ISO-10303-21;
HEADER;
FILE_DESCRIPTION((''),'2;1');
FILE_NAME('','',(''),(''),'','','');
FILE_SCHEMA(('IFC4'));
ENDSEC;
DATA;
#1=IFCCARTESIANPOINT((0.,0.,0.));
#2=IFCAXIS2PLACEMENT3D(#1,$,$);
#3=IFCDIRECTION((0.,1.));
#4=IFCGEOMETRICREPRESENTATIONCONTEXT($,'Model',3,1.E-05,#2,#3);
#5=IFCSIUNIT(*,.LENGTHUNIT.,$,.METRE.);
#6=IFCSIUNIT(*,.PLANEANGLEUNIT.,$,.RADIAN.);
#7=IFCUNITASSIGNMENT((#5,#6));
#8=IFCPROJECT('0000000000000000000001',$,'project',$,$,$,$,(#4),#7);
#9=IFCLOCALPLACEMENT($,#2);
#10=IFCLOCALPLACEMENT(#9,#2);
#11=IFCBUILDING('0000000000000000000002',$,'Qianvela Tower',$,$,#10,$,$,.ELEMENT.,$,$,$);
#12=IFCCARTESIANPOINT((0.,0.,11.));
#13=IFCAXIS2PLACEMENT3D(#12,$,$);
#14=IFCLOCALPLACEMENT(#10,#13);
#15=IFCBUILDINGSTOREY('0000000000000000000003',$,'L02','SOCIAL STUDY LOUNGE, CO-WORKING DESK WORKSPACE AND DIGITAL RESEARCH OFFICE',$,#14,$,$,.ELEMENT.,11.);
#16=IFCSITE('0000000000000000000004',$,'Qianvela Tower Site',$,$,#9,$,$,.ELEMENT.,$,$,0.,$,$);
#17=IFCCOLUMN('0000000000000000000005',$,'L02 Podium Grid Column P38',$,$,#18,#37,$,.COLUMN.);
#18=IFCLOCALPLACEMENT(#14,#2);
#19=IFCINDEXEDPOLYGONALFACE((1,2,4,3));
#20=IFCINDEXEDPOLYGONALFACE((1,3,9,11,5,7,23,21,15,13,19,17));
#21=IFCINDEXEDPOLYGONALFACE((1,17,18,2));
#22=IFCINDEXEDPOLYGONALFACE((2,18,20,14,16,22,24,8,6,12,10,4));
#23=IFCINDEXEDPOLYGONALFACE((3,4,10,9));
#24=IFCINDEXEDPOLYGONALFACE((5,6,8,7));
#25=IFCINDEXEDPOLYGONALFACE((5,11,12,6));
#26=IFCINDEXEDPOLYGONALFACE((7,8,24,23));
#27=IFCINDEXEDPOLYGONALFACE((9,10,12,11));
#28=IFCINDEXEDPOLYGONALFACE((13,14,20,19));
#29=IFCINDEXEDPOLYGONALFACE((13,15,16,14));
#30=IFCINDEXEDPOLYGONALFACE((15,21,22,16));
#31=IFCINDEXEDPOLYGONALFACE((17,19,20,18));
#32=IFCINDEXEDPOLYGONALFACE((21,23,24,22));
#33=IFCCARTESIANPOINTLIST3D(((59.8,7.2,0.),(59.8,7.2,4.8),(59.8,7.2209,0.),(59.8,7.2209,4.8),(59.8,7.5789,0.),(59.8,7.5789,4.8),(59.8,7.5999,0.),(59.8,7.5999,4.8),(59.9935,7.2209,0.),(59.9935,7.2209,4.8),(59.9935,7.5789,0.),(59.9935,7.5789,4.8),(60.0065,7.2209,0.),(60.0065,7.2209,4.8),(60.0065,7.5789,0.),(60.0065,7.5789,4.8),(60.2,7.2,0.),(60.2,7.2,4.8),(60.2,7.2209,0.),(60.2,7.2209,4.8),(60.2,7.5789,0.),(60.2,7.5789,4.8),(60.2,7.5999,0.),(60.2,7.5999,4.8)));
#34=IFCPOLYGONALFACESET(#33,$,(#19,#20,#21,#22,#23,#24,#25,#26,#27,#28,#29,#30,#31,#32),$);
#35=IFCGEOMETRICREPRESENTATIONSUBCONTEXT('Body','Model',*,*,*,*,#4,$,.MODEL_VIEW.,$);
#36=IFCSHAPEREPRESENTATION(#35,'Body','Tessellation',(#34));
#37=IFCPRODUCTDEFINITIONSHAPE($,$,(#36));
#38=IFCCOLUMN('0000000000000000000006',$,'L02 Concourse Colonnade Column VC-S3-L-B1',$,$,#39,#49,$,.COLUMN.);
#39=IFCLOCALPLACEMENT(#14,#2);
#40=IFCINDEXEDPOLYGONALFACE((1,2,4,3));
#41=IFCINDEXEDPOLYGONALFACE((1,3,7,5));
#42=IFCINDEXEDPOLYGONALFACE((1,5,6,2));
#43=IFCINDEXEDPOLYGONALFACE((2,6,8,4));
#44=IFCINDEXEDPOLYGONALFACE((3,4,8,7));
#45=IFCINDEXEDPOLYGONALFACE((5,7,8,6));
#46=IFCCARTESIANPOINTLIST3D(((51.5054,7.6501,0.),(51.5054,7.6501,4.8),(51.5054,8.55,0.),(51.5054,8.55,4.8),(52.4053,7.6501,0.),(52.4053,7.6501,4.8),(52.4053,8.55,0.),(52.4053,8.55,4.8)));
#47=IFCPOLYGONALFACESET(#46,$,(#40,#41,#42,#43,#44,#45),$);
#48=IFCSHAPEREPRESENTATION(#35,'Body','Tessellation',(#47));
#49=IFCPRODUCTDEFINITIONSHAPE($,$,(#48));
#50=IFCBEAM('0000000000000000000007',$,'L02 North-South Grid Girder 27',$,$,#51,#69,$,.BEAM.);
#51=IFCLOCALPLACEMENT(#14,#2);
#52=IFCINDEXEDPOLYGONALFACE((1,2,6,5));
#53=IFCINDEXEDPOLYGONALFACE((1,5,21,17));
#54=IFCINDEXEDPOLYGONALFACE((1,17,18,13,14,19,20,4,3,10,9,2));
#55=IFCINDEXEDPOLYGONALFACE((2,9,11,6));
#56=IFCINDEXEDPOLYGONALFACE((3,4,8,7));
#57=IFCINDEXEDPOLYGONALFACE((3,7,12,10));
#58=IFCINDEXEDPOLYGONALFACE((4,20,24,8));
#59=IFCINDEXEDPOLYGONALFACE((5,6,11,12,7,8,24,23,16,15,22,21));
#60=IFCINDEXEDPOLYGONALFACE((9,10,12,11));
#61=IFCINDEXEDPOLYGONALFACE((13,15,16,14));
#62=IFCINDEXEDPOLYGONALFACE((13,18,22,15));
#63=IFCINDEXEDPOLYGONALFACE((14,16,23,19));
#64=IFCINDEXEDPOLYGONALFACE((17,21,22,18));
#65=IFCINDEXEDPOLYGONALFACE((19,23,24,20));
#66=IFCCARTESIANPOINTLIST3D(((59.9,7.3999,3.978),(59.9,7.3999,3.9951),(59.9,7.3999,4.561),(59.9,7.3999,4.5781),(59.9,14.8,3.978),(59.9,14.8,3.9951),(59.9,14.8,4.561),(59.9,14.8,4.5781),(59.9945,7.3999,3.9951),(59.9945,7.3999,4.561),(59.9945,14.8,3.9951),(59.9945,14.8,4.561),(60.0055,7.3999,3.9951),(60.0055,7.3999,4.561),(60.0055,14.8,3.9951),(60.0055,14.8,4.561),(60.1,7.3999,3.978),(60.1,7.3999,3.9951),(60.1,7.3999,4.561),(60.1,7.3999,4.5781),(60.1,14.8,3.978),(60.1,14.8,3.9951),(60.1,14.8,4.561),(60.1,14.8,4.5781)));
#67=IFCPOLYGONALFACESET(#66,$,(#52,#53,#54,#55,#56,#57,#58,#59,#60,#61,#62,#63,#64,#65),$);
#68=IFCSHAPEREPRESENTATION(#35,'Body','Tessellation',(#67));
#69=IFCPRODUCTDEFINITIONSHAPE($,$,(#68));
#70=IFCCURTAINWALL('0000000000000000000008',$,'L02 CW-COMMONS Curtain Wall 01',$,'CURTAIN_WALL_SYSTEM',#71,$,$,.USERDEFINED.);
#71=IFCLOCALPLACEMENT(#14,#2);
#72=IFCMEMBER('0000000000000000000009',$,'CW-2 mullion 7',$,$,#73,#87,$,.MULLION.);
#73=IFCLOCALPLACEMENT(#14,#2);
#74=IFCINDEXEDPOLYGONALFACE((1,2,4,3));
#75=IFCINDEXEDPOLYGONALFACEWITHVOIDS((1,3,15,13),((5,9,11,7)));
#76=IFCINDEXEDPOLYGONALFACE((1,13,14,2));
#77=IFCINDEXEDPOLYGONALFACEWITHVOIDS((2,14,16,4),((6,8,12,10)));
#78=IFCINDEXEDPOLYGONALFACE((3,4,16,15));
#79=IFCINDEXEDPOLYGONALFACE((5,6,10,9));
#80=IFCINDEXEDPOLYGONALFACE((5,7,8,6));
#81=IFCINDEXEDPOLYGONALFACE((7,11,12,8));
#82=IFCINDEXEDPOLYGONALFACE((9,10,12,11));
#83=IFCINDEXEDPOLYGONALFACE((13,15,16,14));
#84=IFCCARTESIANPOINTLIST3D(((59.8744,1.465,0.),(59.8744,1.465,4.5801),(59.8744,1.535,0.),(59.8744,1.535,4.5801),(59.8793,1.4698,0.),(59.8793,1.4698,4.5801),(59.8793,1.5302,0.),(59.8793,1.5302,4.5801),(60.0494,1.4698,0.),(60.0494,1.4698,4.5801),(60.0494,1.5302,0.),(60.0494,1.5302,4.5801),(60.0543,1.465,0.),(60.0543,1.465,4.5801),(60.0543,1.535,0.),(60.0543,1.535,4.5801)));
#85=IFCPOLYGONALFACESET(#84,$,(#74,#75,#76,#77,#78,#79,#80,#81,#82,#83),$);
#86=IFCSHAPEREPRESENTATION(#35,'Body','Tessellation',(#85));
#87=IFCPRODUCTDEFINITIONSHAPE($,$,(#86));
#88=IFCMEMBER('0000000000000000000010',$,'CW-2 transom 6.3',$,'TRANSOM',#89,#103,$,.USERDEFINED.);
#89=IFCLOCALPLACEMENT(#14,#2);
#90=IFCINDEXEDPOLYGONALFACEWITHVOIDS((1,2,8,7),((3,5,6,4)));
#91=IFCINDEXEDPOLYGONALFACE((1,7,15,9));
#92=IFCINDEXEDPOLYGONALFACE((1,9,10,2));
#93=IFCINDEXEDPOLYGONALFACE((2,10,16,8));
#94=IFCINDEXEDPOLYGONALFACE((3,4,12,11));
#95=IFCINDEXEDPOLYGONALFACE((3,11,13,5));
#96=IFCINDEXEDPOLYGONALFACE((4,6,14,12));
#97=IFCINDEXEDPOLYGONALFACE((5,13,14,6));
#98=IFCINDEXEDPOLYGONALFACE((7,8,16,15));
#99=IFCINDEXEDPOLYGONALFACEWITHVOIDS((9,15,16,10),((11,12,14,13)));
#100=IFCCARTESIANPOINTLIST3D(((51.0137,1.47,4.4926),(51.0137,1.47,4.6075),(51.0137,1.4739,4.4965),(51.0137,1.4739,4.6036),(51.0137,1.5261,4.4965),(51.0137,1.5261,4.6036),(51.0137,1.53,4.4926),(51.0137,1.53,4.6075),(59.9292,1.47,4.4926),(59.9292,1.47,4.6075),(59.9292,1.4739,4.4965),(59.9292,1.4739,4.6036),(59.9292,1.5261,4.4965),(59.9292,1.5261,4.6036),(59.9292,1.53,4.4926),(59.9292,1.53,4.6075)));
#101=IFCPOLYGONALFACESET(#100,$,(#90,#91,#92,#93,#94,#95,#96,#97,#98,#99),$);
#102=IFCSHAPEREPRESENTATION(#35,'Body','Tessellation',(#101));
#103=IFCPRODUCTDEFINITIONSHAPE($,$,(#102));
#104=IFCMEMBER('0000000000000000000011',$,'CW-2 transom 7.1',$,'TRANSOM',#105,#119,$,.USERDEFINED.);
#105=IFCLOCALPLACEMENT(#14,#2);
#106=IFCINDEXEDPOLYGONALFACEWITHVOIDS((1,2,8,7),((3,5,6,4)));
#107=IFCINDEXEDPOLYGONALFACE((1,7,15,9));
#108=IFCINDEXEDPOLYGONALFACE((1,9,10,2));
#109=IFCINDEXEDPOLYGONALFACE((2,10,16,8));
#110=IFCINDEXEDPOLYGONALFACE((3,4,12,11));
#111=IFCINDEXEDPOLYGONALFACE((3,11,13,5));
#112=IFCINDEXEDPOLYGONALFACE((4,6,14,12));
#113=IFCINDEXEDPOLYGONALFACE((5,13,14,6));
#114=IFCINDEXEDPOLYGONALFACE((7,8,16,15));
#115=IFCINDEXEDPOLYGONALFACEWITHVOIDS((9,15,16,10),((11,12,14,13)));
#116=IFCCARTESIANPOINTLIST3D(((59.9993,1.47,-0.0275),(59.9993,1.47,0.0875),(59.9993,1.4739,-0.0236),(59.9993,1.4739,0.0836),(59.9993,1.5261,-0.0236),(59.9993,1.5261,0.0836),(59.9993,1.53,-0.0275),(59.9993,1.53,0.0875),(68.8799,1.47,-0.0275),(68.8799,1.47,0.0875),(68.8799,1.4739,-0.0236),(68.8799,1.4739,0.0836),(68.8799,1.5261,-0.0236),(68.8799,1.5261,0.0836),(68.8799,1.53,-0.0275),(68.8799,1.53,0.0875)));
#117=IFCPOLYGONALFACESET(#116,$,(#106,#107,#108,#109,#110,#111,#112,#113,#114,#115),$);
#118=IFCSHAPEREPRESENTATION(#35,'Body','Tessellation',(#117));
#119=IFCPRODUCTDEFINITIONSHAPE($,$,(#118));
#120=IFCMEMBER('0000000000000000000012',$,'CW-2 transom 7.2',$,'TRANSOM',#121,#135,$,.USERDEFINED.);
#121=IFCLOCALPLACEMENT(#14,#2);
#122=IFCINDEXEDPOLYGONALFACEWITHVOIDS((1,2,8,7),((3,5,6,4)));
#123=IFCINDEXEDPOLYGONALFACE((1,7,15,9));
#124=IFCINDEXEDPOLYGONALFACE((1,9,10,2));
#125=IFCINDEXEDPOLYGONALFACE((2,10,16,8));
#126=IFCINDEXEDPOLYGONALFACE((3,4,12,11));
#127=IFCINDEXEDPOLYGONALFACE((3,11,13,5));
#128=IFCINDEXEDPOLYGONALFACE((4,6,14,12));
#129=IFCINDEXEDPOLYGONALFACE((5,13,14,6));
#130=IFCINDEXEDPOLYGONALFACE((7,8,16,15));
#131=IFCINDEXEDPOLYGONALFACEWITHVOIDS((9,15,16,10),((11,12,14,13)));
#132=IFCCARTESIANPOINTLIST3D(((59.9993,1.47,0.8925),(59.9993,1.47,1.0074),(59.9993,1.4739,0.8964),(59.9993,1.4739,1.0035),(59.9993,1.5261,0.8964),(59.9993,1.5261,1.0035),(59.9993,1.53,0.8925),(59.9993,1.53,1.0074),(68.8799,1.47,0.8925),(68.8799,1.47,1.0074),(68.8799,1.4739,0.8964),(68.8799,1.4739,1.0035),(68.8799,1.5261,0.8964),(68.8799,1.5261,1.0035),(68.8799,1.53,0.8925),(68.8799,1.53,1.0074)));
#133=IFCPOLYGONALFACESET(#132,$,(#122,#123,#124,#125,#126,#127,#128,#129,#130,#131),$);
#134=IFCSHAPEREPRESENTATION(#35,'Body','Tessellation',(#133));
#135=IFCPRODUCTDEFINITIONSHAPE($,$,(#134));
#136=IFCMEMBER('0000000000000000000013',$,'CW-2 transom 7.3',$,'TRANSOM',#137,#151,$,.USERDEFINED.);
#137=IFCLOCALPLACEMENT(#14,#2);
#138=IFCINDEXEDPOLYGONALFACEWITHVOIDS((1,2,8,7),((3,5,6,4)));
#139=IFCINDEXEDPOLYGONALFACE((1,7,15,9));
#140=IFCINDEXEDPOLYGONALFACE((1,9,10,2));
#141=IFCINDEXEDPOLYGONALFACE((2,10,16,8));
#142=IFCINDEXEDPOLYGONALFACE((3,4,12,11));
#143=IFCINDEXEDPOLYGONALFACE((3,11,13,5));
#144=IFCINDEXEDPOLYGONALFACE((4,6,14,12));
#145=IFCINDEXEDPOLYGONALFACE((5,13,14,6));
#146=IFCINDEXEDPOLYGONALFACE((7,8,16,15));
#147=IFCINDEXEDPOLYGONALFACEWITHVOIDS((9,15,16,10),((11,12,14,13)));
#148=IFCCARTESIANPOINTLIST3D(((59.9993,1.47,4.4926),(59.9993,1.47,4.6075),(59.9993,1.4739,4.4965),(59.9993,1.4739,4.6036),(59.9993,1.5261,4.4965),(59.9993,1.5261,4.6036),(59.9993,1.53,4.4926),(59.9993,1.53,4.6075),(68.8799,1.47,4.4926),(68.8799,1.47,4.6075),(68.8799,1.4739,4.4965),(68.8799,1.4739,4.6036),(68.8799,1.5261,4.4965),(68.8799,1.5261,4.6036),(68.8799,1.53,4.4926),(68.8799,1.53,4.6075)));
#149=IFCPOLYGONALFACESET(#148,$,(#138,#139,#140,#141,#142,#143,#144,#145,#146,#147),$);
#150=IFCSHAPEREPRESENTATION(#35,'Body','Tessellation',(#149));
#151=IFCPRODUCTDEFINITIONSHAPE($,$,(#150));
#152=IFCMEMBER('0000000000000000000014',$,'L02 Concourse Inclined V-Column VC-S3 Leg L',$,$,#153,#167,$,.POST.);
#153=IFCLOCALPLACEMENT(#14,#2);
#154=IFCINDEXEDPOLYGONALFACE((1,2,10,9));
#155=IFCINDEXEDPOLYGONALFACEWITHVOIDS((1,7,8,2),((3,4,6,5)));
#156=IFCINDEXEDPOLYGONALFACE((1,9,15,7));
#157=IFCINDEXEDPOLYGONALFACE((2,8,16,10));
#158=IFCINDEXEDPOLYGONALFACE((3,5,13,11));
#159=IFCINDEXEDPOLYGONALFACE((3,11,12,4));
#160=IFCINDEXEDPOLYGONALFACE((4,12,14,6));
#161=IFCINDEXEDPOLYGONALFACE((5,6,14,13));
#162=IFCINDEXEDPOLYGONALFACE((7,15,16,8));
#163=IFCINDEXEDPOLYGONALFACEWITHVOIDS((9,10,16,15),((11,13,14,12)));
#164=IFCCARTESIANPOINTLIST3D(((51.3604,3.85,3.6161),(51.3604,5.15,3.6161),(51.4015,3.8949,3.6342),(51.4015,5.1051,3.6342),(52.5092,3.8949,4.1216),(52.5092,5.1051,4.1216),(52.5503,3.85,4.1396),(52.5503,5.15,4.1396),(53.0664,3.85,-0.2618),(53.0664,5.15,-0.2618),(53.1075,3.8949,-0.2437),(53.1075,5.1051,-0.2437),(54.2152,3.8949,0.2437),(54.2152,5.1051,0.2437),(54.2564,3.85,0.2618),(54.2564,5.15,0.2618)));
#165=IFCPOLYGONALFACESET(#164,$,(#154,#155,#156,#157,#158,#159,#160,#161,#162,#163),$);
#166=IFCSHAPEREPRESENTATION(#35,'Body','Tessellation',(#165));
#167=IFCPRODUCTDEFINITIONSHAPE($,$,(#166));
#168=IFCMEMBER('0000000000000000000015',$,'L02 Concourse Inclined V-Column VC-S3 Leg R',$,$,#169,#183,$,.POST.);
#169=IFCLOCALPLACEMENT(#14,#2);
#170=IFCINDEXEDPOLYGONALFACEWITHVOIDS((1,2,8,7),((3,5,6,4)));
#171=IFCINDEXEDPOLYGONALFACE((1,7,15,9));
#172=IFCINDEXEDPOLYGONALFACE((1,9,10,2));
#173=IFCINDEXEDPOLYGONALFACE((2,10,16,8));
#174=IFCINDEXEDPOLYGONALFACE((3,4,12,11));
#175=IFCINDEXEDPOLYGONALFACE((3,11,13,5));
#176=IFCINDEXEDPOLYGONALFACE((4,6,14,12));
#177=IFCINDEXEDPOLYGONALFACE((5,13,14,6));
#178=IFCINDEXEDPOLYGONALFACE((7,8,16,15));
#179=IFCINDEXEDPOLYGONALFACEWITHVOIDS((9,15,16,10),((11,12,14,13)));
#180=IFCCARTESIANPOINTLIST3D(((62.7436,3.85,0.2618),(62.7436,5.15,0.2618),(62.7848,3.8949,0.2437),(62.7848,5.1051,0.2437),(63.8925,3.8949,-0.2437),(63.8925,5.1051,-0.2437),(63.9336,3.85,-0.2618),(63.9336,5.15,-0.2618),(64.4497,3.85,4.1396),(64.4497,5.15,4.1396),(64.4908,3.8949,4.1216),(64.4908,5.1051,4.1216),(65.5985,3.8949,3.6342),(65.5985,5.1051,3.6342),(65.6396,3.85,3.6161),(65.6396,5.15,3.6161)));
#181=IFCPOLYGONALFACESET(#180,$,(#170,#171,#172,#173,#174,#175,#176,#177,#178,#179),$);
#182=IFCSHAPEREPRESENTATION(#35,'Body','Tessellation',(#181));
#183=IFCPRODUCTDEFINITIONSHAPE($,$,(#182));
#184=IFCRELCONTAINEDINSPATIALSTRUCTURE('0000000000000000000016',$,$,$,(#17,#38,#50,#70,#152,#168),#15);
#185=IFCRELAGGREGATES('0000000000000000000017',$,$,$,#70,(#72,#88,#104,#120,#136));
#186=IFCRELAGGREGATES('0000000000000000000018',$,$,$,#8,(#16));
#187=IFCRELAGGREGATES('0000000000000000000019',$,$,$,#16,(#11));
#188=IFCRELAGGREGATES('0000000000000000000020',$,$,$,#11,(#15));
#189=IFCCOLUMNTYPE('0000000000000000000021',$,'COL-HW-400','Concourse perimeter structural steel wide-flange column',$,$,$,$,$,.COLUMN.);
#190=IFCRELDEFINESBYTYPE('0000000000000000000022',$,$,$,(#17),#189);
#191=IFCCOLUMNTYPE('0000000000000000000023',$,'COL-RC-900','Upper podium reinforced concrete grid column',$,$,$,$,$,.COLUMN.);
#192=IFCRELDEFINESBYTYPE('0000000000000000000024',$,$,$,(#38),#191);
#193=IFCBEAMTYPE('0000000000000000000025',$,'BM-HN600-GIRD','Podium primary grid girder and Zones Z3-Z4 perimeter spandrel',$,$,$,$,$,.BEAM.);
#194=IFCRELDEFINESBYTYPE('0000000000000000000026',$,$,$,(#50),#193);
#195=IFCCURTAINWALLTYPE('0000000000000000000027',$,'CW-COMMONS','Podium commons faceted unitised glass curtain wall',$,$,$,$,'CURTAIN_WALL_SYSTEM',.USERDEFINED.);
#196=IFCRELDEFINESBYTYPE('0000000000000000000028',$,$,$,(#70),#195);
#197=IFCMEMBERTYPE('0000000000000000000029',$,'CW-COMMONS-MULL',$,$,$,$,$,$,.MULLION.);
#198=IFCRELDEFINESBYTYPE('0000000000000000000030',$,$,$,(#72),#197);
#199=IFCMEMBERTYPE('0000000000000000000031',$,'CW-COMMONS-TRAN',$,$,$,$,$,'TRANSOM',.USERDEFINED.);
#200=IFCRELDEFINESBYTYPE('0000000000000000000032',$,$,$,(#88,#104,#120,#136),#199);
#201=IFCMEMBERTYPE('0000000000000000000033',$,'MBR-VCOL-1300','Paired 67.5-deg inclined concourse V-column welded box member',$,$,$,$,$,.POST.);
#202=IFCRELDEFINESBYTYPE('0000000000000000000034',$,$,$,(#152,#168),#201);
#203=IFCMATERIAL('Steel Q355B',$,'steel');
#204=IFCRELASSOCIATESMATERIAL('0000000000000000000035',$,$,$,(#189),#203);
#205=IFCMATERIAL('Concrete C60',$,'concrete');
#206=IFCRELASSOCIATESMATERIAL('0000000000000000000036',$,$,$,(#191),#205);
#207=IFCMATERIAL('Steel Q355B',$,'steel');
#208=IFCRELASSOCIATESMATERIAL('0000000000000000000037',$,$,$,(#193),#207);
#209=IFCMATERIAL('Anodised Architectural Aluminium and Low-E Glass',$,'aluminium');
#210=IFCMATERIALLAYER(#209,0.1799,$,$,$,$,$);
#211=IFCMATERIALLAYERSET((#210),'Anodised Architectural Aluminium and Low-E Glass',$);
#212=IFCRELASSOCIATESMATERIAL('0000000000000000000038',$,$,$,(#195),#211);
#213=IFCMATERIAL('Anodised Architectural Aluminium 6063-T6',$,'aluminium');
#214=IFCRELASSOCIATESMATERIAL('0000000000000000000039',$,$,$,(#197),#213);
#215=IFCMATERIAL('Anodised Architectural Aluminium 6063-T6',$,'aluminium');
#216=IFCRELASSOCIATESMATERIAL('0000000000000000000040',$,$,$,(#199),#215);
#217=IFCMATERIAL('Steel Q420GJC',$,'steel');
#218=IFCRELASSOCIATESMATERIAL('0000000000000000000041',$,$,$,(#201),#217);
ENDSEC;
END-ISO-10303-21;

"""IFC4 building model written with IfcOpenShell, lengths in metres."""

from ifc_helpers import new_model, si_unit, direction, frame, origin, origin_2d, place, context, subcontext, project, spatial, rectangle, hollow_rectangle, i_section, extrude, material, layer, layer_set, material_profile, profile_set, type_object, element, aggregate, save


model = new_model("IFC4")

# Units and contexts
model_context = context("Model", 3, precision=1e-05, world=origin(), true_north=direction((0.0, 1.0)))
body_context = subcontext(model_context, "Body", "Model", "MODEL_VIEW")
ifc_project = project(units=[si_unit("LENGTHUNIT", "METRE"), si_unit("PLANEANGLEUNIT", "RADIAN")], contexts=[model_context])

# Site, building, storey
site_placement = place(None, origin())
site = spatial("IfcSite", under=ifc_project, at=site_placement, Name="Qianvela Tower Site", CompositionType="ELEMENT", RefElevation=0.0)
building_placement = place(site_placement, origin())
building = spatial("IfcBuilding", under=site, at=building_placement, Name="Qianvela Tower", CompositionType="ELEMENT")
storey_placement = place(building_placement, frame((0.0, 0.0, 11.0)))
storey = spatial("IfcBuildingStorey", under=building, at=storey_placement, Name="L02", Description="SOCIAL STUDY LOUNGE, CO-WORKING DESK WORKSPACE AND DIGITAL RESEARCH OFFICE", CompositionType="ELEMENT", Elevation=11.0)

# Columns
ifc_material_1 = material(Name="Steel Q355B", Category="steel")
ifc_material_profile_1 = material_profile(ifc_material_1, i_section(OverallWidth=0.3999, OverallDepth=0.3999, WebThickness=0.0129, FlangeThickness=0.021, at=origin_2d()), Name="HW400x400x13x21")
ifc_profile_set_1 = profile_set([ifc_material_profile_1], Name="Steel Q355B")
column_type_1 = type_object("IfcColumnType", Name="COL-HW-400", Description="Concourse perimeter structural steel wide-flange column", PredefinedType="COLUMN", material=ifc_profile_set_1)
column_1_placement = place(storey_placement, frame((60.0, 7.3999, 0.0), z_axis=(0.0, 0.0, 1.0), x_axis=(1.0, 0.0, 0.0)))
element("IfcColumn", 1, at=column_1_placement, inside=storey, type_object=column_type_1, Name="L02 Podium Grid Column P38", PredefinedType="COLUMN", context=body_context, shape_type="SweptSolid", body=[
    extrude(i_section(OverallWidth=0.3999, OverallDepth=0.3999, WebThickness=0.0129, FlangeThickness=0.021, at=origin_2d()), origin(), (0.0, 0.0, 1.0), 4.8),
])
ifc_material_2 = material(Name="Concrete C60", Category="concrete")
ifc_material_profile_2 = material_profile(ifc_material_2, rectangle(XDim=0.8999, YDim=0.8999, at=origin_2d()), Name="RC-COL-900x900")
ifc_profile_set_2 = profile_set([ifc_material_profile_2], Name="Concrete C60")
column_type_2 = type_object("IfcColumnType", Name="COL-RC-900", Description="Upper podium reinforced concrete grid column", PredefinedType="COLUMN", material=ifc_profile_set_2)
column_2_placement = place(storey_placement, frame((51.9553, 8.1001, 0.0), z_axis=(0.0, 0.0, 1.0), x_axis=(1.0, 0.0, 0.0)))
element("IfcColumn", 2, at=column_2_placement, inside=storey, type_object=column_type_2, Name="L02 Concourse Colonnade Column VC-S3-L-B1", PredefinedType="COLUMN", context=body_context, shape_type="SweptSolid", body=[
    extrude(rectangle(XDim=0.8999, YDim=0.8999, at=origin_2d()), origin(), (0.0, 0.0, 1.0), 4.8),
])

# Beam
ifc_material_3 = material(Name="Steel Q355B", Category="steel")
ifc_material_profile_3 = material_profile(ifc_material_3, i_section(OverallWidth=0.2, OverallDepth=0.6001, WebThickness=0.011, FlangeThickness=0.0171, at=origin_2d()), Name="HN600x200x11x17")
ifc_profile_set_3 = profile_set([ifc_material_profile_3], Name="Steel Q355B")
beam_type = type_object("IfcBeamType", Name="BM-HN600-GIRD", Description="Podium primary grid girder and Zones Z3-Z4 perimeter spandrel", PredefinedType="BEAM", material=ifc_profile_set_3)
beam_placement = place(storey_placement, frame((60.0, 7.3999, 4.2781), z_axis=(0.0, 1.0, 0.0), x_axis=(-1.0, 0.0, 0.0)))
element("IfcBeam", 3, at=beam_placement, inside=storey, type_object=beam_type, Name="L02 North-South Grid Girder 27", PredefinedType="BEAM", context=body_context, shape_type="SweptSolid", body=[
    extrude(i_section(OverallWidth=0.2, OverallDepth=0.6001, WebThickness=0.011, FlangeThickness=0.0171, at=origin_2d()), origin(), (0.0, 0.0, 1.0), 7.4001),
])

# Curtain wall, members
ifc_material_4 = material(Name="Anodised Architectural Aluminium and Low-E Glass", Category="aluminium")
ifc_layer_1 = layer(ifc_material_4, 0.1799)
ifc_layer_set_1 = layer_set([ifc_layer_1], Name="Anodised Architectural Aluminium and Low-E Glass")
curtain_wall_type = type_object("IfcCurtainWallType", Name="CW-COMMONS", Description="Podium commons faceted unitised glass curtain wall", ElementType="CURTAIN_WALL_SYSTEM", PredefinedType="USERDEFINED", material=ifc_layer_set_1)
curtain_wall_placement = place(storey_placement, origin())
curtain_wall = element("IfcCurtainWall", 4, at=curtain_wall_placement, inside=storey, type_object=curtain_wall_type, Name="L02 CW-COMMONS Curtain Wall 01", ObjectType="CURTAIN_WALL_SYSTEM", PredefinedType="USERDEFINED")
ifc_material_5 = material(Name="Anodised Architectural Aluminium 6063-T6", Category="aluminium")
ifc_material_profile_4 = material_profile(ifc_material_5, hollow_rectangle(XDim=0.0701, YDim=0.1799, WallThickness=0.0049, at=origin_2d()), Name="ALU-MULL-70x180")
ifc_profile_set_4 = profile_set([ifc_material_profile_4], Name="Anodised Architectural Aluminium 6063-T6")
member_type_1 = type_object("IfcMemberType", Name="CW-COMMONS-MULL", PredefinedType="MULLION", material=ifc_profile_set_4)
member_1_placement = place(storey_placement, frame((59.9644, 1.5, 0.0), z_axis=(0.0, 0.0, 1.0), x_axis=(0.0, 1.0, 0.0)))
member_1 = element("IfcMember", 5, at=member_1_placement, type_object=member_type_1, Name="CW-2 mullion 7", PredefinedType="MULLION", context=body_context, shape_type="SweptSolid", body=[
    extrude(hollow_rectangle(XDim=0.0701, YDim=0.1799, WallThickness=0.0049, at=origin_2d()), origin(), (0.0, 0.0, 1.0), 4.5801),
])
ifc_material_6 = material(Name="Anodised Architectural Aluminium 6063-T6", Category="aluminium")
ifc_material_profile_5 = material_profile(ifc_material_6, hollow_rectangle(XDim=0.0601, YDim=0.115, WallThickness=0.0039, at=origin_2d()), Name="ALU-TRAN-60x115")
ifc_profile_set_5 = profile_set([ifc_material_profile_5], Name="Anodised Architectural Aluminium 6063-T6")
member_type_2 = type_object("IfcMemberType", Name="CW-COMMONS-TRAN", ElementType="TRANSOM", PredefinedType="USERDEFINED", material=ifc_profile_set_5)
member_2_placement = place(storey_placement, frame((51.0137, 1.5, 4.55), z_axis=(1.0, 0.0, 0.0), x_axis=(0.0, 1.0, 0.0)))
member_2 = element("IfcMember", 6, at=member_2_placement, type_object=member_type_2, Name="CW-2 transom 6.3", ObjectType="TRANSOM", PredefinedType="USERDEFINED", context=body_context, shape_type="SweptSolid", body=[
    extrude(hollow_rectangle(XDim=0.0601, YDim=0.115, WallThickness=0.0039, at=origin_2d()), origin(), (0.0, 0.0, 1.0), 8.9155),
])
member_3_placement = place(storey_placement, frame((59.9993, 1.5, 0.03), z_axis=(1.0, 0.0, 0.0), x_axis=(0.0, 1.0, 0.0)))
member_3 = element("IfcMember", 7, at=member_3_placement, type_object=member_type_2, Name="CW-2 transom 7.1", ObjectType="TRANSOM", PredefinedType="USERDEFINED", context=body_context, shape_type="SweptSolid", body=[
    extrude(hollow_rectangle(XDim=0.0601, YDim=0.115, WallThickness=0.0039, at=origin_2d()), origin(), (0.0, 0.0, 1.0), 8.8806),
])
member_4_placement = place(storey_placement, frame((59.9993, 1.5, 0.95), z_axis=(1.0, 0.0, 0.0), x_axis=(0.0, 1.0, 0.0)))
member_4 = element("IfcMember", 8, at=member_4_placement, type_object=member_type_2, Name="CW-2 transom 7.2", ObjectType="TRANSOM", PredefinedType="USERDEFINED", context=body_context, shape_type="SweptSolid", body=[
    extrude(hollow_rectangle(XDim=0.0601, YDim=0.115, WallThickness=0.0039, at=origin_2d()), origin(), (0.0, 0.0, 1.0), 8.8806),
])
member_5_placement = place(storey_placement, frame((59.9993, 1.5, 4.55), z_axis=(1.0, 0.0, 0.0), x_axis=(0.0, 1.0, 0.0)))
member_5 = element("IfcMember", 9, at=member_5_placement, type_object=member_type_2, Name="CW-2 transom 7.3", ObjectType="TRANSOM", PredefinedType="USERDEFINED", context=body_context, shape_type="SweptSolid", body=[
    extrude(hollow_rectangle(XDim=0.0601, YDim=0.115, WallThickness=0.0039, at=origin_2d()), origin(), (0.0, 0.0, 1.0), 8.8806),
])

# Members
ifc_material_7 = material(Name="Steel Q420GJC", Category="steel")
ifc_material_profile_6 = material_profile(ifc_material_7, hollow_rectangle(XDim=1.3, YDim=1.3, WallThickness=0.0449, at=origin_2d()), Name="VBOX-1300x1300x45")
ifc_profile_set_6 = profile_set([ifc_material_profile_6], Name="Steel Q420GJC")
member_type_3 = type_object("IfcMemberType", Name="MBR-VCOL-1300", Description="Paired 67.5-deg inclined concourse V-column welded box member", PredefinedType="POST", material=ifc_profile_set_6)
for number, where, z_axis, x_axis, name in (
    (10, (53.6614, 4.5, 0.0), (-0.402692, 0.0, 0.915335), (0.0, -1.0, 0.0), "L02 Concourse Inclined V-Column VC-S3 Leg L"),
    (11, (63.3386, 4.5, 0.0), (0.402692, 0.0, 0.915335), (0.0, 1.0, 0.0), "L02 Concourse Inclined V-Column VC-S3 Leg R"),
):
    element("IfcMember", number, at=place(storey_placement, frame(where, z_axis=z_axis, x_axis=x_axis)), inside=storey, type_object=member_type_3, Name=name, PredefinedType="POST", context=body_context, shape_type="SweptSolid", body=[
        extrude(hollow_rectangle(XDim=1.3, YDim=1.3, WallThickness=0.0449, at=origin_2d()), origin(), (0.0, 0.0, 1.0), 4.2366),
    ])

aggregate(curtain_wall, [member_1, member_2, member_3, member_4, member_5])

save(model, "model.ifc")
